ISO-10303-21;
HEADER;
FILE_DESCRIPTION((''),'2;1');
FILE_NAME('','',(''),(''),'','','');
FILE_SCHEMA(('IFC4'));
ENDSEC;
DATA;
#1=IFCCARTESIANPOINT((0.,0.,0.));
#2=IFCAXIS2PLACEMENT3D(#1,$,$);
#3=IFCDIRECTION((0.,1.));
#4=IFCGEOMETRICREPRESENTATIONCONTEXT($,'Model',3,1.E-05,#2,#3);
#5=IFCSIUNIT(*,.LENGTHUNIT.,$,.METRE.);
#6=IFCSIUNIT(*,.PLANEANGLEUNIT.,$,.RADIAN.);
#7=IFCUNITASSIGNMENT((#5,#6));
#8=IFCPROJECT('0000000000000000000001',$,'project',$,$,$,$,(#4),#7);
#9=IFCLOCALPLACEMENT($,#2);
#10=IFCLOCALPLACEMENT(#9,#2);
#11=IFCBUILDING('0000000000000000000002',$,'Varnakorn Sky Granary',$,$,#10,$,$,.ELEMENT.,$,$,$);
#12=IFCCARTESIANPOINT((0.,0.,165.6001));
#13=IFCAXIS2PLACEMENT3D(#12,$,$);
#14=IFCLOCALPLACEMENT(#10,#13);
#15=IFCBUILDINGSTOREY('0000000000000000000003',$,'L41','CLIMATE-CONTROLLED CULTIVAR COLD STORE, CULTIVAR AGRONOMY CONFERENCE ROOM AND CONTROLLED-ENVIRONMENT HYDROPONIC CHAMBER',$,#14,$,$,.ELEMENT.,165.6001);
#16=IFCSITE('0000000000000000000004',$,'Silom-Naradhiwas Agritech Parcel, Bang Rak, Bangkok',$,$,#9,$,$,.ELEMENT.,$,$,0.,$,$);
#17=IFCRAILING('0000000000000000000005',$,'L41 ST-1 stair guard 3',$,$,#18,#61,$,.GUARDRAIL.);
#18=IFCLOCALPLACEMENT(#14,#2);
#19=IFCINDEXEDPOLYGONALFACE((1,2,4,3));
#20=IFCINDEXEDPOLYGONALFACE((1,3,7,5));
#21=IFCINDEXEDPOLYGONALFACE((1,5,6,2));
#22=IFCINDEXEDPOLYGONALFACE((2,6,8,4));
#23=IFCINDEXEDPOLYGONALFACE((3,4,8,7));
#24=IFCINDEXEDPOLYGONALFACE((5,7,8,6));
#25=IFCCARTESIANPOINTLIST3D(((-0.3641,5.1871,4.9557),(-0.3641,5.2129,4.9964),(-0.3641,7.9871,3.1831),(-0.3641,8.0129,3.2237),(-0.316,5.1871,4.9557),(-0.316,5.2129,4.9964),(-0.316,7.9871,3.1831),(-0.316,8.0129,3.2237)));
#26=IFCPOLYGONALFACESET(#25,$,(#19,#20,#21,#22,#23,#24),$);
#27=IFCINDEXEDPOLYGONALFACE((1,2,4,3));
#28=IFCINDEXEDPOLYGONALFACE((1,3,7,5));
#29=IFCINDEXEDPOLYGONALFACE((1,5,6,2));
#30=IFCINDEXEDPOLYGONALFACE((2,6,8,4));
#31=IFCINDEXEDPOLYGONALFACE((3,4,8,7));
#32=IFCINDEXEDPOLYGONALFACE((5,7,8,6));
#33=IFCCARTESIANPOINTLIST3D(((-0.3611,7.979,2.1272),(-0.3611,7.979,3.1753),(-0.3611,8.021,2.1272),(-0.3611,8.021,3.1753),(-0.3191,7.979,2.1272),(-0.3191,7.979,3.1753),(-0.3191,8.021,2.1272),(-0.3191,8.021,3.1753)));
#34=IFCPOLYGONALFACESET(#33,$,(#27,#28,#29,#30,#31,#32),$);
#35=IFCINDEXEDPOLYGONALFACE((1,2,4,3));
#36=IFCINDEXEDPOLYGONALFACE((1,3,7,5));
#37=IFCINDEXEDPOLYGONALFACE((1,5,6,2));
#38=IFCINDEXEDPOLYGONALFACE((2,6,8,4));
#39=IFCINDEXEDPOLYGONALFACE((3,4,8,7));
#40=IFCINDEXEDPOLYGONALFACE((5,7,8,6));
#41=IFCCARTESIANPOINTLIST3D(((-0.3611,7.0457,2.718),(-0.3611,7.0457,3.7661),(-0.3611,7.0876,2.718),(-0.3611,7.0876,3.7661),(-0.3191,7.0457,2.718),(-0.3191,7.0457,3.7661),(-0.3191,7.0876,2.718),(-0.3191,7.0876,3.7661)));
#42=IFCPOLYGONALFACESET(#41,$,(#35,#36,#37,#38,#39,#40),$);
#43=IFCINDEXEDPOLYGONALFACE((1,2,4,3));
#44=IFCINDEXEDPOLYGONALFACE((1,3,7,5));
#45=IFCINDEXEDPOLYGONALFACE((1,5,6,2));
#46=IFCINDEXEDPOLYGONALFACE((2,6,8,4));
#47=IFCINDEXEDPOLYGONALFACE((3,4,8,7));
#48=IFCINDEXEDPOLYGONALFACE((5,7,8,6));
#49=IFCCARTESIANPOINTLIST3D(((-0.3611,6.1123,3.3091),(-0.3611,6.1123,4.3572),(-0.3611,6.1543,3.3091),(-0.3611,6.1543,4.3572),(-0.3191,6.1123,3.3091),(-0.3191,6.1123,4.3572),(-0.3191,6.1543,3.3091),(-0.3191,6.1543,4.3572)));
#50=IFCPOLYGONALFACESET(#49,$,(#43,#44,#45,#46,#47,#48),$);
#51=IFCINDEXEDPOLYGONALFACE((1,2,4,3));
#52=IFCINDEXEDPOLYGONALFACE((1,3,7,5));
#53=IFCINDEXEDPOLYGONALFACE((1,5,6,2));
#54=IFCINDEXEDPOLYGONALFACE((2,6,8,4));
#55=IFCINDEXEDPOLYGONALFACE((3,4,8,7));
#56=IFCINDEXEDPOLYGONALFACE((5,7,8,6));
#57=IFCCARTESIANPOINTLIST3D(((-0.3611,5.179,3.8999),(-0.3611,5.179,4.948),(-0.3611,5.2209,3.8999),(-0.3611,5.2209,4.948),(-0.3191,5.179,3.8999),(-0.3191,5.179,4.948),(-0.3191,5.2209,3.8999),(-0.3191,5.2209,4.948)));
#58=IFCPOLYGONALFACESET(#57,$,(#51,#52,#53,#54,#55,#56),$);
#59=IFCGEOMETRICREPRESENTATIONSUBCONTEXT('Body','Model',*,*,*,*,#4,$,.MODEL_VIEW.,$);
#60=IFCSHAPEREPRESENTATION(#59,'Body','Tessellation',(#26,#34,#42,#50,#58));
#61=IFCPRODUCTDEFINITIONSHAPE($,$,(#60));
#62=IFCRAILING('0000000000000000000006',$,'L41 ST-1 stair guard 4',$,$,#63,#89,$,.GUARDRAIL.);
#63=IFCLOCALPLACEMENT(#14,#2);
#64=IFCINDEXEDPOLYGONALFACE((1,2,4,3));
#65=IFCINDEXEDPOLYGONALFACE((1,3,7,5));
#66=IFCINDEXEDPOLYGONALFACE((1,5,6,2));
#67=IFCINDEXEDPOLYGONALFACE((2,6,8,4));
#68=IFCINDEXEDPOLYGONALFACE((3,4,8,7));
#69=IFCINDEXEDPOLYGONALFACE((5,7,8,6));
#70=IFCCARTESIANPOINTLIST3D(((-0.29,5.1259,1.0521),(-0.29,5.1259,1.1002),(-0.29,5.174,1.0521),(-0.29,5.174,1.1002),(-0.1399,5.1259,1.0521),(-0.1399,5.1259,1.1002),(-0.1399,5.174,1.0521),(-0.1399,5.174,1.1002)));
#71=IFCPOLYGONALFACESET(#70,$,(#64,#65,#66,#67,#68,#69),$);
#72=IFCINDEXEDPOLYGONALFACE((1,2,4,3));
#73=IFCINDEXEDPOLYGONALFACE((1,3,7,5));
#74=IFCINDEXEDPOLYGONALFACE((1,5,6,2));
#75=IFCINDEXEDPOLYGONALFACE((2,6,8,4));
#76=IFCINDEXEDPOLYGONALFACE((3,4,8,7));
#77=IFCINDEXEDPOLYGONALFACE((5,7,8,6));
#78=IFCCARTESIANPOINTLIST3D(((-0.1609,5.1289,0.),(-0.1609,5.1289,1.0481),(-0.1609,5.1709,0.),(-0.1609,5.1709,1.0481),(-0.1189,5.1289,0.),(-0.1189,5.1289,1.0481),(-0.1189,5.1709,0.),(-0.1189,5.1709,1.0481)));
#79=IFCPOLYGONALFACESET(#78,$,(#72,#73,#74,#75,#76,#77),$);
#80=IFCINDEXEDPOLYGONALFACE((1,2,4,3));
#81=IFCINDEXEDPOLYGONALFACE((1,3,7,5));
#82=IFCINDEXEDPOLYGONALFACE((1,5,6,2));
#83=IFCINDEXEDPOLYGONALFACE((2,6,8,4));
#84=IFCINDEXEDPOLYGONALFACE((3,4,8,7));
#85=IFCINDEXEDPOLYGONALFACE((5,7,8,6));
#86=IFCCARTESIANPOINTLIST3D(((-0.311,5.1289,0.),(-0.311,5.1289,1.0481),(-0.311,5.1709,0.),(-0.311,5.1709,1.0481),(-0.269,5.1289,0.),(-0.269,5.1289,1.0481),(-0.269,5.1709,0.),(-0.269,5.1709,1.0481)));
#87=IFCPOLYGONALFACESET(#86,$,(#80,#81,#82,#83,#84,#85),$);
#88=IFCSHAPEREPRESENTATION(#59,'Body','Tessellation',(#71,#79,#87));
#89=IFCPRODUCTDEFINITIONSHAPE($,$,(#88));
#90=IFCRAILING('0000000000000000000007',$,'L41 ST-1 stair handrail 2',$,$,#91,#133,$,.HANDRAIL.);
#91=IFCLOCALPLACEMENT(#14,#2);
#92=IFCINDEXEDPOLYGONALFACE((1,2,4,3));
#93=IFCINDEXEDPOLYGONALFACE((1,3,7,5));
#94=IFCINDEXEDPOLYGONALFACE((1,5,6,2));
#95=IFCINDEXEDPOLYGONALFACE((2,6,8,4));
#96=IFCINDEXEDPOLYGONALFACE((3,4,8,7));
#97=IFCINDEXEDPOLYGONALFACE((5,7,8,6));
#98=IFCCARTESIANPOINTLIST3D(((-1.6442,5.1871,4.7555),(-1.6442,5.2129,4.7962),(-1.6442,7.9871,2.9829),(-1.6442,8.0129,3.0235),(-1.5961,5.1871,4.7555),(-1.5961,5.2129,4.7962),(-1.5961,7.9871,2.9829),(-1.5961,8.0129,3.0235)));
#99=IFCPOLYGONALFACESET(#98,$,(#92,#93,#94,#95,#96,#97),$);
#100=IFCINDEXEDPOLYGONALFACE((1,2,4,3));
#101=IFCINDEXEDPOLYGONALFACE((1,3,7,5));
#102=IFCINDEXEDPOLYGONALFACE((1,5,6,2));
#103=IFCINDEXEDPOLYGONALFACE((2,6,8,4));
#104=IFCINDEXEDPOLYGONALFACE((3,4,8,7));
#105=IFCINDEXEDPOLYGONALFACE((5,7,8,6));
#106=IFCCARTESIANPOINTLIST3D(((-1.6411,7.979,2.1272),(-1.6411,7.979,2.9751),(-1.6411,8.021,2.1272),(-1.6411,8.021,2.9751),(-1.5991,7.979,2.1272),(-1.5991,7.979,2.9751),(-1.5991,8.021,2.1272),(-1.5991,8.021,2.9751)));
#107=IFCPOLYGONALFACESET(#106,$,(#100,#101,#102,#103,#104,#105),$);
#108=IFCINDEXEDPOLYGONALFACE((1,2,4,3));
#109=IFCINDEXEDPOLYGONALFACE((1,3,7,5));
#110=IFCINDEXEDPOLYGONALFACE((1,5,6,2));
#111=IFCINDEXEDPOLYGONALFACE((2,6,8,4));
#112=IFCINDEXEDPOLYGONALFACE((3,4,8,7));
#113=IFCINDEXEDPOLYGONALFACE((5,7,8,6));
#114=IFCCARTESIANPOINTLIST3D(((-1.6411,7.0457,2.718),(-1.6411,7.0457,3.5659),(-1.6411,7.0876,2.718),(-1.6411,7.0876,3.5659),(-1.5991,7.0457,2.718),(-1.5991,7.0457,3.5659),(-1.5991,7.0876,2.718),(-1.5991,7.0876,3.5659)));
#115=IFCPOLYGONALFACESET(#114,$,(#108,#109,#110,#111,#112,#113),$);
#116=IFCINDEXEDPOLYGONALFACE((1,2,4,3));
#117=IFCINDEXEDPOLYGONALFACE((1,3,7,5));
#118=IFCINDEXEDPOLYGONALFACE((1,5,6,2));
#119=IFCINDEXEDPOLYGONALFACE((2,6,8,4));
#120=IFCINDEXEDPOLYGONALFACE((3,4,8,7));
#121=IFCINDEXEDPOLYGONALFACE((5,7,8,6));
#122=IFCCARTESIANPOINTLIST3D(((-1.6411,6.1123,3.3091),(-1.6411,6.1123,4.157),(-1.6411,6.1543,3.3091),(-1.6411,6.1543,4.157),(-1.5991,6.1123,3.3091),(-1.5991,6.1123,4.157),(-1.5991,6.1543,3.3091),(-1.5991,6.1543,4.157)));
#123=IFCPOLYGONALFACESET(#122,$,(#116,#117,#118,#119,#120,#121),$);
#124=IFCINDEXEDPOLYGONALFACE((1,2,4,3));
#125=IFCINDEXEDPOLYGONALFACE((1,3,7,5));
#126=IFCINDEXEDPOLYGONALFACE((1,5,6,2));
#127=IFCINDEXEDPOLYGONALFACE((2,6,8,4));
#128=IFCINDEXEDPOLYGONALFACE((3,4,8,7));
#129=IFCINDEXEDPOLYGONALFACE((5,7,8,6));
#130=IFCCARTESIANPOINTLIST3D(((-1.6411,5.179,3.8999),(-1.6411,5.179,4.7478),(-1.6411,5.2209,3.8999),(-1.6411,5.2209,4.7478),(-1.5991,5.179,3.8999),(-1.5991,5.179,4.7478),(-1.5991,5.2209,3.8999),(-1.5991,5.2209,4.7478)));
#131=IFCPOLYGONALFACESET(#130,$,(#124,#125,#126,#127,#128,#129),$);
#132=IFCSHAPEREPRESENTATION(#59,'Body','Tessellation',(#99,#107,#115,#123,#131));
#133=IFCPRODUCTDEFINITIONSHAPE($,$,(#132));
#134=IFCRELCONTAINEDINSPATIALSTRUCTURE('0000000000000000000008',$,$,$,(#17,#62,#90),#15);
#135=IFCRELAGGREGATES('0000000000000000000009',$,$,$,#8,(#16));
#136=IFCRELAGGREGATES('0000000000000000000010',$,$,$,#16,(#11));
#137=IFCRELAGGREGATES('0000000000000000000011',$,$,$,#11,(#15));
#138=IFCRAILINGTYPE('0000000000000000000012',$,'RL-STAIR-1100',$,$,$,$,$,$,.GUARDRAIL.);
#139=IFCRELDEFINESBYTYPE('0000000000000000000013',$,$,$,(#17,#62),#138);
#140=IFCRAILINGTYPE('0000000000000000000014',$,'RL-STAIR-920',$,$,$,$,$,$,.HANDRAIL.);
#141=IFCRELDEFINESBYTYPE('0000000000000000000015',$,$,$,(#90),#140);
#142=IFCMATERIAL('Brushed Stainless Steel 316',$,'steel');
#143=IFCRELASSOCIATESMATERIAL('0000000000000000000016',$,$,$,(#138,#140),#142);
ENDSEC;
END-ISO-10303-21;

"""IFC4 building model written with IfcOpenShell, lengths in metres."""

from ifc_helpers import new_model, si_unit, direction, frame, origin, origin_2d, place, context, subcontext, project, spatial, rectangle, extrude, material, type_object, element, save


model = new_model("IFC4")

# Units and contexts
model_context = context("Model", 3, precision=1e-05, world=origin(), true_north=direction((0.0, 1.0)))
body_context = subcontext(model_context, "Body", "Model", "MODEL_VIEW")
ifc_project = project(units=[si_unit("LENGTHUNIT", "METRE"), si_unit("PLANEANGLEUNIT", "RADIAN")], contexts=[model_context])

# Site, building, storey
site_placement = place(None, origin())
site = spatial("IfcSite", under=ifc_project, at=site_placement, Name="Silom-Naradhiwas Agritech Parcel, Bang Rak, Bangkok", CompositionType="ELEMENT", RefElevation=0.0)
building_placement = place(site_placement, origin())
building = spatial("IfcBuilding", under=site, at=building_placement, Name="Varnakorn Sky Granary", CompositionType="ELEMENT")
storey_placement = place(building_placement, frame((0.0, 0.0, 165.6001)))
storey = spatial("IfcBuildingStorey", under=building, at=storey_placement, Name="L41", Description="CLIMATE-CONTROLLED CULTIVAR COLD STORE, CULTIVAR AGRONOMY CONFERENCE ROOM AND CONTROLLED-ENVIRONMENT HYDROPONIC CHAMBER", CompositionType="ELEMENT", Elevation=165.6001)

# Railings
ifc_material_1 = material(Name="Brushed Stainless Steel 316", Category="steel")
railing_type_1 = type_object("IfcRailingType", Name="RL-STAIR-1100", PredefinedType="GUARDRAIL", material=ifc_material_1)
railing_1_placement = place(storey_placement, frame((-0.3401, 8.0, 2.1272)))
element("IfcRailing", 1, at=railing_1_placement, inside=storey, type_object=railing_type_1, Name="L41 ST-1 stair guard 3", PredefinedType="GUARDRAIL", context=body_context, shape_type="SweptSolid", body=[
    extrude(rectangle(XDim=0.0481, YDim=0.0481, at=origin_2d()), frame((0.0, 0.0, 1.0762), z_axis=(0.0, -0.844909, 0.53491), x_axis=(1.0, 0.0, 0.0)), (0.0, 0.0, 1.0), 3.314),
    extrude(rectangle(XDim=0.042, YDim=0.042, at=origin_2d()), origin(), (0.0, 0.0, 1.0), 1.0481),
    extrude(rectangle(XDim=0.042, YDim=0.042, at=origin_2d()), frame((0.0, -0.9333, 0.5908)), (0.0, 0.0, 1.0), 1.0481),
    extrude(rectangle(XDim=0.042, YDim=0.042, at=origin_2d()), frame((0.0, -1.8667, 1.1819)), (0.0, 0.0, 1.0), 1.0481),
    extrude(rectangle(XDim=0.042, YDim=0.042, at=origin_2d()), frame((0.0, -2.8, 1.7727)), (0.0, 0.0, 1.0), 1.0481),
])
railing_2_placement = place(storey_placement, frame((-0.1399, 5.1499, 0.0)))
element("IfcRailing", 2, at=railing_2_placement, inside=storey, type_object=railing_type_1, Name="L41 ST-1 stair guard 4", PredefinedType="GUARDRAIL", context=body_context, shape_type="SweptSolid", body=[
    extrude(rectangle(XDim=0.0481, YDim=0.0481, at=origin_2d()), frame((0.0, 0.0, 1.0762), z_axis=(-1.0, 0.0, 0.0), x_axis=(0.0, -1.0, 0.0)), (0.0, 0.0, 1.0), 0.1501),
    extrude(rectangle(XDim=0.042, YDim=0.042, at=origin_2d()), origin(), (0.0, 0.0, 1.0), 1.0481),
    extrude(rectangle(XDim=0.042, YDim=0.042, at=origin_2d()), frame((-0.1501, 0.0, 0.0)), (0.0, 0.0, 1.0), 1.0481),
])
railing_type_2 = type_object("IfcRailingType", Name="RL-STAIR-920", PredefinedType="HANDRAIL", material=ifc_material_1)
railing_3_placement = place(storey_placement, frame((-1.6201, 8.0, 2.1272)))
element("IfcRailing", 3, at=railing_3_placement, inside=storey, type_object=railing_type_2, Name="L41 ST-1 stair handrail 2", PredefinedType="HANDRAIL", context=body_context, shape_type="SweptSolid", body=[
    extrude(rectangle(XDim=0.0481, YDim=0.0481, at=origin_2d()), frame((0.0, 0.0, 0.876), z_axis=(0.0, -0.844909, 0.53491), x_axis=(1.0, 0.0, 0.0)), (0.0, 0.0, 1.0), 3.314),
    extrude(rectangle(XDim=0.042, YDim=0.042, at=origin_2d()), origin(), (0.0, 0.0, 1.0), 0.8479),
    extrude(rectangle(XDim=0.042, YDim=0.042, at=origin_2d()), frame((0.0, -0.9333, 0.5908)), (0.0, 0.0, 1.0), 0.8479),
    extrude(rectangle(XDim=0.042, YDim=0.042, at=origin_2d()), frame((0.0, -1.8667, 1.1819)), (0.0, 0.0, 1.0), 0.8479),
    extrude(rectangle(XDim=0.042, YDim=0.042, at=origin_2d()), frame((0.0, -2.8, 1.7727)), (0.0, 0.0, 1.0), 0.8479),
])

save(model, "model.ifc")
